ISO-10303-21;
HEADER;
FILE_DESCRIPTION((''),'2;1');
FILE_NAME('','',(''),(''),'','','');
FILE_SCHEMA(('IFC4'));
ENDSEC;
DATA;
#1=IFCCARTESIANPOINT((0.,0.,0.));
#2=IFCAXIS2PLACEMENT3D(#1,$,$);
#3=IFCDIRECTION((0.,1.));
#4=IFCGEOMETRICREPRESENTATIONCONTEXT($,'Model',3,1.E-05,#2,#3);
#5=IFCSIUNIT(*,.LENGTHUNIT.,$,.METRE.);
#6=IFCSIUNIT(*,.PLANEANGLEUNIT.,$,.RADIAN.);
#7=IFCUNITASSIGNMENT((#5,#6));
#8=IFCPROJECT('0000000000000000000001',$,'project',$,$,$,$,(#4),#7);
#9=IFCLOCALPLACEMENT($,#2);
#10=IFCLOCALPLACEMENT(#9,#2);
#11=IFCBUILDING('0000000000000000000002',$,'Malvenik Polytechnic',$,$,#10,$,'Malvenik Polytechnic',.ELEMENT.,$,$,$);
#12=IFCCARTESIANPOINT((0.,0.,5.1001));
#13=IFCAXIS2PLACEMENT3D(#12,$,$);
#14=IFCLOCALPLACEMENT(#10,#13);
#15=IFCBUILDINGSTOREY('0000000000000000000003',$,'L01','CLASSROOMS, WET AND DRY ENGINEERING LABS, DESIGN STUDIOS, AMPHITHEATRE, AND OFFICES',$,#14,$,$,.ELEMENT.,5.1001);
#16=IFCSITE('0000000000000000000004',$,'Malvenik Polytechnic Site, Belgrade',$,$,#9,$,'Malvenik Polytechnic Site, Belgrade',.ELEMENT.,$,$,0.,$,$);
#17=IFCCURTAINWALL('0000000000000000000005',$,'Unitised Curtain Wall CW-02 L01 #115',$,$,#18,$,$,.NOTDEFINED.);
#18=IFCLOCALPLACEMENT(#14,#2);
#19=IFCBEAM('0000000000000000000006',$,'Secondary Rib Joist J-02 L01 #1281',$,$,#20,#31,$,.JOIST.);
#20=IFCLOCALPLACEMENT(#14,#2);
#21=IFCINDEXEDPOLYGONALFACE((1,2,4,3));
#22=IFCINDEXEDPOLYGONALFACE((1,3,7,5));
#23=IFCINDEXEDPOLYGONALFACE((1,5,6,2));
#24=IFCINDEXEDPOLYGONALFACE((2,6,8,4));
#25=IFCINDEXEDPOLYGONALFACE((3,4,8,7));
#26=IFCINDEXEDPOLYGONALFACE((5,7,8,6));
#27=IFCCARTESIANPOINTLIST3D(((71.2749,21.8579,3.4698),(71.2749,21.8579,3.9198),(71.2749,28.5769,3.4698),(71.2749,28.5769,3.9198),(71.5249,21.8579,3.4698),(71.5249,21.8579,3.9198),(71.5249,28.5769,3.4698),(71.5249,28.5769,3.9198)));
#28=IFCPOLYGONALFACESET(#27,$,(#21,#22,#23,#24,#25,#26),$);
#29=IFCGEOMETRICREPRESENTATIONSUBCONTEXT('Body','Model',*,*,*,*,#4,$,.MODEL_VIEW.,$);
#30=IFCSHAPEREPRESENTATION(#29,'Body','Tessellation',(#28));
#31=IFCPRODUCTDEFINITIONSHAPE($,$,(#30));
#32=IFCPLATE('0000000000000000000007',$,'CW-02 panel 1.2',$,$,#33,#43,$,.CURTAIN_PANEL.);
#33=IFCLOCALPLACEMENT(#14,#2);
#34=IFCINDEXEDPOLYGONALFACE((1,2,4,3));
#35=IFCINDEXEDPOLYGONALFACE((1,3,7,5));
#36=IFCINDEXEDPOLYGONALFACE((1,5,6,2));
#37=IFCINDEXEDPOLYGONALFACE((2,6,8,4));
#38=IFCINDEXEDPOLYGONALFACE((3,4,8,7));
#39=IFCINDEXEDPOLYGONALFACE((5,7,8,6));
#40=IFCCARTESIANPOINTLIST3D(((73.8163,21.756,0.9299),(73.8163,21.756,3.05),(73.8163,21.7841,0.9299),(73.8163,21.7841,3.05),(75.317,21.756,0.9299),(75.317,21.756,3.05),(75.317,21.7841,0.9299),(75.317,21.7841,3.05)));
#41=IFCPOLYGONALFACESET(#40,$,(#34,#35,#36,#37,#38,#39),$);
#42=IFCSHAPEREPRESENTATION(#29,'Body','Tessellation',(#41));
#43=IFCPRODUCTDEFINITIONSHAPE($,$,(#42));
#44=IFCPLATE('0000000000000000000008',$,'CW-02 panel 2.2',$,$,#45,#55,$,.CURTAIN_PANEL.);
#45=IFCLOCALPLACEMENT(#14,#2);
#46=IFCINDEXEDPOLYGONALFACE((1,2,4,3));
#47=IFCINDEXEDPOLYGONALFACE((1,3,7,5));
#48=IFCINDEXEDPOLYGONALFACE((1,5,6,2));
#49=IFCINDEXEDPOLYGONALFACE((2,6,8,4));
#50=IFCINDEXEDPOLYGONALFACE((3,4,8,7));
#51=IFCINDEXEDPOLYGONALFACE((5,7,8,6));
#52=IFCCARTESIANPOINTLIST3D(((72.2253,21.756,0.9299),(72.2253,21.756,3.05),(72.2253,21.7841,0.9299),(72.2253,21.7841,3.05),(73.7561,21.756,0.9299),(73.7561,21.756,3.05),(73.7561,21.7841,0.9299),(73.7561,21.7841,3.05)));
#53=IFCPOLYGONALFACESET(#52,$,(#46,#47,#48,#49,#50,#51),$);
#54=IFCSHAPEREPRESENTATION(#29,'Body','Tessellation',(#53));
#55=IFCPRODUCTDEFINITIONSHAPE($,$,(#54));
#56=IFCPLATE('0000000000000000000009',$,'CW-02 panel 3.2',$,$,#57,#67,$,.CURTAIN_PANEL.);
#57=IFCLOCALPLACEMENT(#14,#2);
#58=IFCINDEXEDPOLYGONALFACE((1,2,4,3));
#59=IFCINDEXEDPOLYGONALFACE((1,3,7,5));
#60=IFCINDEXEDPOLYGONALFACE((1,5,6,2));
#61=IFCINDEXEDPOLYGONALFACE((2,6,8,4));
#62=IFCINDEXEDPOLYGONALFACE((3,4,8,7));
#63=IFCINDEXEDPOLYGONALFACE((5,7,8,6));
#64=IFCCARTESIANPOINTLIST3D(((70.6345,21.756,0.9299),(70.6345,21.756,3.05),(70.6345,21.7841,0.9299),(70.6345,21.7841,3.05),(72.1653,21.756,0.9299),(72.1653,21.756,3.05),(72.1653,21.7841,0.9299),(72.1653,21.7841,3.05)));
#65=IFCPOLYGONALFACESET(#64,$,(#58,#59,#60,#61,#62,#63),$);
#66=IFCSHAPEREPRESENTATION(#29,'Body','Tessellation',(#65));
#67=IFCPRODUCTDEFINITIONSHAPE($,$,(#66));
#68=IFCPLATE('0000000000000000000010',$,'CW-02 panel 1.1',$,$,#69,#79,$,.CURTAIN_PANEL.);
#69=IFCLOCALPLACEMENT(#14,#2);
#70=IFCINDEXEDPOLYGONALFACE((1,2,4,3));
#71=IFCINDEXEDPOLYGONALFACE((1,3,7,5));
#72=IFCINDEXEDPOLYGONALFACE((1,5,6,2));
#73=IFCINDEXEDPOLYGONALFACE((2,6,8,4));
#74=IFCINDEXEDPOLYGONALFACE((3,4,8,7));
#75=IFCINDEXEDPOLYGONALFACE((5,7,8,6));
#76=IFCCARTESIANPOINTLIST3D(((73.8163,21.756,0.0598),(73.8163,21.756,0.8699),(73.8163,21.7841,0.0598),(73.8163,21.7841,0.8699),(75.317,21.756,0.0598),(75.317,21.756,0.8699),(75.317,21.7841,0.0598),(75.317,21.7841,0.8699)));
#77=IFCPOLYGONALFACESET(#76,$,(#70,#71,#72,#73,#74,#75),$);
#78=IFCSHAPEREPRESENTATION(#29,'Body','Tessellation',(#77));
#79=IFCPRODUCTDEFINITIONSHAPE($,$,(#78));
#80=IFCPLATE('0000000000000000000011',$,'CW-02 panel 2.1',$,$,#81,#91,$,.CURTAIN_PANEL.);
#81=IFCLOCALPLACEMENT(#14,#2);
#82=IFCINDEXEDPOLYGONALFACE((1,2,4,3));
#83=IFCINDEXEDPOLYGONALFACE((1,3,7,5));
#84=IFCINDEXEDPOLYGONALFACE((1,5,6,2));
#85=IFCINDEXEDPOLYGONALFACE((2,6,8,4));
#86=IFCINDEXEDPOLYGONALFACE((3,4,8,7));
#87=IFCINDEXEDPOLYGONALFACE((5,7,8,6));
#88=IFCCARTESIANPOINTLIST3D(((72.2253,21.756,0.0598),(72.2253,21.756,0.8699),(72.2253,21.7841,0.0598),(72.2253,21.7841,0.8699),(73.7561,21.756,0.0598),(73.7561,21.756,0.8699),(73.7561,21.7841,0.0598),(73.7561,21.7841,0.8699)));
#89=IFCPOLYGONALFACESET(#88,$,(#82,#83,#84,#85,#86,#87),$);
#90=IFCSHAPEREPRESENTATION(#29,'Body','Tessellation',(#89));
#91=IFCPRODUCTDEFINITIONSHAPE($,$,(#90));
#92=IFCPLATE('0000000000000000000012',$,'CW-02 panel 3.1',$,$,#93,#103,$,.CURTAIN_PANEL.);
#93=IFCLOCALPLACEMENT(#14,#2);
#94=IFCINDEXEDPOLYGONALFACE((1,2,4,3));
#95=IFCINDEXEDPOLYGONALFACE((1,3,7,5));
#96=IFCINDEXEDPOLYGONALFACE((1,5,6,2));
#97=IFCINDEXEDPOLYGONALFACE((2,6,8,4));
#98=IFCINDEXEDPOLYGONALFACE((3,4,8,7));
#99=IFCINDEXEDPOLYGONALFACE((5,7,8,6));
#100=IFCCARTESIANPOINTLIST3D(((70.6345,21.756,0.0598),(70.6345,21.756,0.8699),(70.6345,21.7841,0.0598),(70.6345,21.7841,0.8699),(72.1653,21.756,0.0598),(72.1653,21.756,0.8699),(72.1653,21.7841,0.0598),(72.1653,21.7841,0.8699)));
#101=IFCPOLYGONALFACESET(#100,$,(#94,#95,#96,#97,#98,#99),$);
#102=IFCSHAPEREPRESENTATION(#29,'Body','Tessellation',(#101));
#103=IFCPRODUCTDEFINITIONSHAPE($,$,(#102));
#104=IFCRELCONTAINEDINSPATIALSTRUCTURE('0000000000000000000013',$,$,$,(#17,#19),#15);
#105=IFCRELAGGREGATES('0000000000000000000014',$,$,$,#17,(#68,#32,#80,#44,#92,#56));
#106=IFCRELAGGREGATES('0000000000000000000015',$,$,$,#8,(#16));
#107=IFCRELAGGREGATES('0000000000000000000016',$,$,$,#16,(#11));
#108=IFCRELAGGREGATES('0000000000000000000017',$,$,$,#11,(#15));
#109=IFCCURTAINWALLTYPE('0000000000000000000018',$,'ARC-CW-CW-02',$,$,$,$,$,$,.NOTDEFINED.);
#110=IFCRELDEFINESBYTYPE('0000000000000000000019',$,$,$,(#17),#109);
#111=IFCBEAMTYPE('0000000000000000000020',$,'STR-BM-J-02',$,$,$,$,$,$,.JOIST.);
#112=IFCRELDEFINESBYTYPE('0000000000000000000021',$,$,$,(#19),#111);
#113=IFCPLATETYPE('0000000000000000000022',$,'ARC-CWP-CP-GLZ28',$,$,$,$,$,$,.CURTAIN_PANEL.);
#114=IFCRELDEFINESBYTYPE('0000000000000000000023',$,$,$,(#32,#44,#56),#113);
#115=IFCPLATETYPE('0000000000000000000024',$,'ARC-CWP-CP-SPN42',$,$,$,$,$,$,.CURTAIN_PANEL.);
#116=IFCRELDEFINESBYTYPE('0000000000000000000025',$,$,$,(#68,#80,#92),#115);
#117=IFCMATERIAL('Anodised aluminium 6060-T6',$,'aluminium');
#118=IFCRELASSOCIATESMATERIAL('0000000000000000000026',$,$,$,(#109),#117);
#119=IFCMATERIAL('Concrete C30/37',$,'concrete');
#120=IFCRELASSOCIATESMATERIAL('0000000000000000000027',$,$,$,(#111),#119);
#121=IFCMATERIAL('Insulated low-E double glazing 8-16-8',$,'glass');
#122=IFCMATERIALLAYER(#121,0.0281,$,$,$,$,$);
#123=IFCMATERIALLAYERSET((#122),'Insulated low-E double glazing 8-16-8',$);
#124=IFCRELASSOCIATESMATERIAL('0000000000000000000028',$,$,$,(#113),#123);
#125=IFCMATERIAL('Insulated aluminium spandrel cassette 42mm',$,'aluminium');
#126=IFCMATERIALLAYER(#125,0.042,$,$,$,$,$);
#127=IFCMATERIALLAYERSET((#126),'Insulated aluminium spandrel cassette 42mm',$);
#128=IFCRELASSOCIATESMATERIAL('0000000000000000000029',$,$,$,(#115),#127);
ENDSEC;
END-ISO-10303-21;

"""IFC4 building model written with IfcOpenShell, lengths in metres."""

from ifc_helpers import new_model, si_unit, direction, frame, origin, origin_2d, place, context, subcontext, project, spatial, rectangle, extrude, material, layer, layer_set, material_profile, profile_set, type_object, element, aggregate, save


model = new_model("IFC4")

# Units and contexts
model_context = context("Model", 3, precision=1e-05, world=origin(), true_north=direction((0.0, 1.0)))
body_context = subcontext(model_context, "Body", "Model", "MODEL_VIEW")
ifc_project = project(units=[si_unit("LENGTHUNIT", "METRE"), si_unit("PLANEANGLEUNIT", "RADIAN")], contexts=[model_context])

# Site, building, storey
site_placement = place(None, origin())
site = spatial("IfcSite", under=ifc_project, at=site_placement, Name="Malvenik Polytechnic Site, Belgrade", LongName="Malvenik Polytechnic Site, Belgrade", CompositionType="ELEMENT", RefElevation=0.0)
building_placement = place(site_placement, origin())
building = spatial("IfcBuilding", under=site, at=building_placement, Name="Malvenik Polytechnic", LongName="Malvenik Polytechnic", CompositionType="ELEMENT")
storey_placement = place(building_placement, frame((0.0, 0.0, 5.1001)))
storey = spatial("IfcBuildingStorey", under=building, at=storey_placement, Name="L01", Description="CLASSROOMS, WET AND DRY ENGINEERING LABS, DESIGN STUDIOS, AMPHITHEATRE, AND OFFICES", CompositionType="ELEMENT", Elevation=5.1001)

# Curtain wall
ifc_material_1 = material(Name="Anodised aluminium 6060-T6", Category="aluminium")
curtain_wall_type = type_object("IfcCurtainWallType", Name="ARC-CW-CW-02", PredefinedType="NOTDEFINED", material=ifc_material_1)
curtain_wall_placement = place(storey_placement, origin())
curtain_wall = element("IfcCurtainWall", 1, at=curtain_wall_placement, inside=storey, type_object=curtain_wall_type, Name="Unitised Curtain Wall CW-02 L01 #115", PredefinedType="NOTDEFINED")

# Beam
ifc_material_2 = material(Name="Concrete C30/37", Category="concrete")
ifc_material_profile_1 = material_profile(ifc_material_2, rectangle(XDim=0.25, YDim=0.45, at=origin_2d()), Name="RC JST 250x450")
ifc_profile_set_1 = profile_set([ifc_material_profile_1], Name="Concrete C30/37")
beam_type_1 = type_object("IfcBeamType", Name="STR-BM-J-02", PredefinedType="JOIST", material=ifc_profile_set_1)
beam_1_placement = place(storey_placement, frame((71.3999, 21.8579, 3.6948), z_axis=(0.0, 1.0, 0.0), x_axis=(-1.0, 0.0, 0.0)))
element("IfcBeam", 2, at=beam_1_placement, inside=storey, type_object=beam_type_1, Name="Secondary Rib Joist J-02 L01 #1281", PredefinedType="JOIST", context=body_context, shape_type="SweptSolid", body=[
    extrude(rectangle(XDim=0.25, YDim=0.45, at=origin_2d()), origin(), (0.0, 0.0, 1.0), 6.719),
])

# Plates
ifc_material_3 = material(Name="Insulated low-E double glazing 8-16-8", Category="glass")
ifc_layer_1 = layer(ifc_material_3, 0.0281)
ifc_layer_set_1 = layer_set([ifc_layer_1], Name="Insulated low-E double glazing 8-16-8")
plate_type_1 = type_object("IfcPlateType", Name="ARC-CWP-CP-GLZ28", PredefinedType="CURTAIN_PANEL", material=ifc_layer_set_1)
plate_1_placement = place(storey_placement, frame((74.5667, 21.77, 0.9299), z_axis=(0.0, 0.0, 1.0), x_axis=(-1.0, 0.0, 0.0)))
plate_1 = element("IfcPlate", 3, at=plate_1_placement, type_object=plate_type_1, Name="CW-02 panel 1.2", PredefinedType="CURTAIN_PANEL", context=body_context, shape_type="SweptSolid", body=[
    extrude(rectangle(XDim=1.5007, YDim=0.0281, at=origin_2d()), origin(), (0.0, 0.0, 1.0), 2.1201),
])
plate_2_placement = place(storey_placement, frame((72.9907, 21.77, 0.9299), z_axis=(0.0, 0.0, 1.0), x_axis=(-1.0, 0.0, 0.0)))
plate_2 = element("IfcPlate", 4, at=plate_2_placement, type_object=plate_type_1, Name="CW-02 panel 2.2", PredefinedType="CURTAIN_PANEL", context=body_context, shape_type="SweptSolid", body=[
    extrude(rectangle(XDim=1.5308, YDim=0.0281, at=origin_2d()), origin(), (0.0, 0.0, 1.0), 2.1201),
])
plate_3_placement = place(storey_placement, frame((71.3999, 21.77, 0.9299), z_axis=(0.0, 0.0, 1.0), x_axis=(-1.0, 0.0, 0.0)))
plate_3 = element("IfcPlate", 5, at=plate_3_placement, type_object=plate_type_1, Name="CW-02 panel 3.2", PredefinedType="CURTAIN_PANEL", context=body_context, shape_type="SweptSolid", body=[
    extrude(rectangle(XDim=1.5308, YDim=0.0281, at=origin_2d()), origin(), (0.0, 0.0, 1.0), 2.1201),
])
ifc_material_4 = material(Name="Insulated aluminium spandrel cassette 42mm", Category="aluminium")
ifc_layer_2 = layer(ifc_material_4, 0.042)
ifc_layer_set_2 = layer_set([ifc_layer_2], Name="Insulated aluminium spandrel cassette 42mm")
plate_type_2 = type_object("IfcPlateType", Name="ARC-CWP-CP-SPN42", PredefinedType="CURTAIN_PANEL", material=ifc_layer_set_2)
plate_4_placement = place(storey_placement, frame((74.5667, 21.77, 0.0598), z_axis=(0.0, 0.0, 1.0), x_axis=(-1.0, 0.0, 0.0)))
plate_4 = element("IfcPlate", 6, at=plate_4_placement, type_object=plate_type_2, Name="CW-02 panel 1.1", PredefinedType="CURTAIN_PANEL", context=body_context, shape_type="SweptSolid", body=[
    extrude(rectangle(XDim=1.5007, YDim=0.0281, at=origin_2d()), origin(), (0.0, 0.0, 1.0), 0.8101),
])
plate_5_placement = place(storey_placement, frame((72.9907, 21.77, 0.0598), z_axis=(0.0, 0.0, 1.0), x_axis=(-1.0, 0.0, 0.0)))
plate_5 = element("IfcPlate", 7, at=plate_5_placement, type_object=plate_type_2, Name="CW-02 panel 2.1", PredefinedType="CURTAIN_PANEL", context=body_context, shape_type="SweptSolid", body=[
    extrude(rectangle(XDim=1.5308, YDim=0.0281, at=origin_2d()), origin(), (0.0, 0.0, 1.0), 0.8101),
])
plate_6_placement = place(storey_placement, frame((71.3999, 21.77, 0.0598), z_axis=(0.0, 0.0, 1.0), x_axis=(-1.0, 0.0, 0.0)))
plate_6 = element("IfcPlate", 8, at=plate_6_placement, type_object=plate_type_2, Name="CW-02 panel 3.1", PredefinedType="CURTAIN_PANEL", context=body_context, shape_type="SweptSolid", body=[
    extrude(rectangle(XDim=1.5308, YDim=0.0281, at=origin_2d()), origin(), (0.0, 0.0, 1.0), 0.8101),
])
aggregate(curtain_wall, [plate_4, plate_1, plate_5, plate_2, plate_6, plate_3])

save(model, "model.ifc")
